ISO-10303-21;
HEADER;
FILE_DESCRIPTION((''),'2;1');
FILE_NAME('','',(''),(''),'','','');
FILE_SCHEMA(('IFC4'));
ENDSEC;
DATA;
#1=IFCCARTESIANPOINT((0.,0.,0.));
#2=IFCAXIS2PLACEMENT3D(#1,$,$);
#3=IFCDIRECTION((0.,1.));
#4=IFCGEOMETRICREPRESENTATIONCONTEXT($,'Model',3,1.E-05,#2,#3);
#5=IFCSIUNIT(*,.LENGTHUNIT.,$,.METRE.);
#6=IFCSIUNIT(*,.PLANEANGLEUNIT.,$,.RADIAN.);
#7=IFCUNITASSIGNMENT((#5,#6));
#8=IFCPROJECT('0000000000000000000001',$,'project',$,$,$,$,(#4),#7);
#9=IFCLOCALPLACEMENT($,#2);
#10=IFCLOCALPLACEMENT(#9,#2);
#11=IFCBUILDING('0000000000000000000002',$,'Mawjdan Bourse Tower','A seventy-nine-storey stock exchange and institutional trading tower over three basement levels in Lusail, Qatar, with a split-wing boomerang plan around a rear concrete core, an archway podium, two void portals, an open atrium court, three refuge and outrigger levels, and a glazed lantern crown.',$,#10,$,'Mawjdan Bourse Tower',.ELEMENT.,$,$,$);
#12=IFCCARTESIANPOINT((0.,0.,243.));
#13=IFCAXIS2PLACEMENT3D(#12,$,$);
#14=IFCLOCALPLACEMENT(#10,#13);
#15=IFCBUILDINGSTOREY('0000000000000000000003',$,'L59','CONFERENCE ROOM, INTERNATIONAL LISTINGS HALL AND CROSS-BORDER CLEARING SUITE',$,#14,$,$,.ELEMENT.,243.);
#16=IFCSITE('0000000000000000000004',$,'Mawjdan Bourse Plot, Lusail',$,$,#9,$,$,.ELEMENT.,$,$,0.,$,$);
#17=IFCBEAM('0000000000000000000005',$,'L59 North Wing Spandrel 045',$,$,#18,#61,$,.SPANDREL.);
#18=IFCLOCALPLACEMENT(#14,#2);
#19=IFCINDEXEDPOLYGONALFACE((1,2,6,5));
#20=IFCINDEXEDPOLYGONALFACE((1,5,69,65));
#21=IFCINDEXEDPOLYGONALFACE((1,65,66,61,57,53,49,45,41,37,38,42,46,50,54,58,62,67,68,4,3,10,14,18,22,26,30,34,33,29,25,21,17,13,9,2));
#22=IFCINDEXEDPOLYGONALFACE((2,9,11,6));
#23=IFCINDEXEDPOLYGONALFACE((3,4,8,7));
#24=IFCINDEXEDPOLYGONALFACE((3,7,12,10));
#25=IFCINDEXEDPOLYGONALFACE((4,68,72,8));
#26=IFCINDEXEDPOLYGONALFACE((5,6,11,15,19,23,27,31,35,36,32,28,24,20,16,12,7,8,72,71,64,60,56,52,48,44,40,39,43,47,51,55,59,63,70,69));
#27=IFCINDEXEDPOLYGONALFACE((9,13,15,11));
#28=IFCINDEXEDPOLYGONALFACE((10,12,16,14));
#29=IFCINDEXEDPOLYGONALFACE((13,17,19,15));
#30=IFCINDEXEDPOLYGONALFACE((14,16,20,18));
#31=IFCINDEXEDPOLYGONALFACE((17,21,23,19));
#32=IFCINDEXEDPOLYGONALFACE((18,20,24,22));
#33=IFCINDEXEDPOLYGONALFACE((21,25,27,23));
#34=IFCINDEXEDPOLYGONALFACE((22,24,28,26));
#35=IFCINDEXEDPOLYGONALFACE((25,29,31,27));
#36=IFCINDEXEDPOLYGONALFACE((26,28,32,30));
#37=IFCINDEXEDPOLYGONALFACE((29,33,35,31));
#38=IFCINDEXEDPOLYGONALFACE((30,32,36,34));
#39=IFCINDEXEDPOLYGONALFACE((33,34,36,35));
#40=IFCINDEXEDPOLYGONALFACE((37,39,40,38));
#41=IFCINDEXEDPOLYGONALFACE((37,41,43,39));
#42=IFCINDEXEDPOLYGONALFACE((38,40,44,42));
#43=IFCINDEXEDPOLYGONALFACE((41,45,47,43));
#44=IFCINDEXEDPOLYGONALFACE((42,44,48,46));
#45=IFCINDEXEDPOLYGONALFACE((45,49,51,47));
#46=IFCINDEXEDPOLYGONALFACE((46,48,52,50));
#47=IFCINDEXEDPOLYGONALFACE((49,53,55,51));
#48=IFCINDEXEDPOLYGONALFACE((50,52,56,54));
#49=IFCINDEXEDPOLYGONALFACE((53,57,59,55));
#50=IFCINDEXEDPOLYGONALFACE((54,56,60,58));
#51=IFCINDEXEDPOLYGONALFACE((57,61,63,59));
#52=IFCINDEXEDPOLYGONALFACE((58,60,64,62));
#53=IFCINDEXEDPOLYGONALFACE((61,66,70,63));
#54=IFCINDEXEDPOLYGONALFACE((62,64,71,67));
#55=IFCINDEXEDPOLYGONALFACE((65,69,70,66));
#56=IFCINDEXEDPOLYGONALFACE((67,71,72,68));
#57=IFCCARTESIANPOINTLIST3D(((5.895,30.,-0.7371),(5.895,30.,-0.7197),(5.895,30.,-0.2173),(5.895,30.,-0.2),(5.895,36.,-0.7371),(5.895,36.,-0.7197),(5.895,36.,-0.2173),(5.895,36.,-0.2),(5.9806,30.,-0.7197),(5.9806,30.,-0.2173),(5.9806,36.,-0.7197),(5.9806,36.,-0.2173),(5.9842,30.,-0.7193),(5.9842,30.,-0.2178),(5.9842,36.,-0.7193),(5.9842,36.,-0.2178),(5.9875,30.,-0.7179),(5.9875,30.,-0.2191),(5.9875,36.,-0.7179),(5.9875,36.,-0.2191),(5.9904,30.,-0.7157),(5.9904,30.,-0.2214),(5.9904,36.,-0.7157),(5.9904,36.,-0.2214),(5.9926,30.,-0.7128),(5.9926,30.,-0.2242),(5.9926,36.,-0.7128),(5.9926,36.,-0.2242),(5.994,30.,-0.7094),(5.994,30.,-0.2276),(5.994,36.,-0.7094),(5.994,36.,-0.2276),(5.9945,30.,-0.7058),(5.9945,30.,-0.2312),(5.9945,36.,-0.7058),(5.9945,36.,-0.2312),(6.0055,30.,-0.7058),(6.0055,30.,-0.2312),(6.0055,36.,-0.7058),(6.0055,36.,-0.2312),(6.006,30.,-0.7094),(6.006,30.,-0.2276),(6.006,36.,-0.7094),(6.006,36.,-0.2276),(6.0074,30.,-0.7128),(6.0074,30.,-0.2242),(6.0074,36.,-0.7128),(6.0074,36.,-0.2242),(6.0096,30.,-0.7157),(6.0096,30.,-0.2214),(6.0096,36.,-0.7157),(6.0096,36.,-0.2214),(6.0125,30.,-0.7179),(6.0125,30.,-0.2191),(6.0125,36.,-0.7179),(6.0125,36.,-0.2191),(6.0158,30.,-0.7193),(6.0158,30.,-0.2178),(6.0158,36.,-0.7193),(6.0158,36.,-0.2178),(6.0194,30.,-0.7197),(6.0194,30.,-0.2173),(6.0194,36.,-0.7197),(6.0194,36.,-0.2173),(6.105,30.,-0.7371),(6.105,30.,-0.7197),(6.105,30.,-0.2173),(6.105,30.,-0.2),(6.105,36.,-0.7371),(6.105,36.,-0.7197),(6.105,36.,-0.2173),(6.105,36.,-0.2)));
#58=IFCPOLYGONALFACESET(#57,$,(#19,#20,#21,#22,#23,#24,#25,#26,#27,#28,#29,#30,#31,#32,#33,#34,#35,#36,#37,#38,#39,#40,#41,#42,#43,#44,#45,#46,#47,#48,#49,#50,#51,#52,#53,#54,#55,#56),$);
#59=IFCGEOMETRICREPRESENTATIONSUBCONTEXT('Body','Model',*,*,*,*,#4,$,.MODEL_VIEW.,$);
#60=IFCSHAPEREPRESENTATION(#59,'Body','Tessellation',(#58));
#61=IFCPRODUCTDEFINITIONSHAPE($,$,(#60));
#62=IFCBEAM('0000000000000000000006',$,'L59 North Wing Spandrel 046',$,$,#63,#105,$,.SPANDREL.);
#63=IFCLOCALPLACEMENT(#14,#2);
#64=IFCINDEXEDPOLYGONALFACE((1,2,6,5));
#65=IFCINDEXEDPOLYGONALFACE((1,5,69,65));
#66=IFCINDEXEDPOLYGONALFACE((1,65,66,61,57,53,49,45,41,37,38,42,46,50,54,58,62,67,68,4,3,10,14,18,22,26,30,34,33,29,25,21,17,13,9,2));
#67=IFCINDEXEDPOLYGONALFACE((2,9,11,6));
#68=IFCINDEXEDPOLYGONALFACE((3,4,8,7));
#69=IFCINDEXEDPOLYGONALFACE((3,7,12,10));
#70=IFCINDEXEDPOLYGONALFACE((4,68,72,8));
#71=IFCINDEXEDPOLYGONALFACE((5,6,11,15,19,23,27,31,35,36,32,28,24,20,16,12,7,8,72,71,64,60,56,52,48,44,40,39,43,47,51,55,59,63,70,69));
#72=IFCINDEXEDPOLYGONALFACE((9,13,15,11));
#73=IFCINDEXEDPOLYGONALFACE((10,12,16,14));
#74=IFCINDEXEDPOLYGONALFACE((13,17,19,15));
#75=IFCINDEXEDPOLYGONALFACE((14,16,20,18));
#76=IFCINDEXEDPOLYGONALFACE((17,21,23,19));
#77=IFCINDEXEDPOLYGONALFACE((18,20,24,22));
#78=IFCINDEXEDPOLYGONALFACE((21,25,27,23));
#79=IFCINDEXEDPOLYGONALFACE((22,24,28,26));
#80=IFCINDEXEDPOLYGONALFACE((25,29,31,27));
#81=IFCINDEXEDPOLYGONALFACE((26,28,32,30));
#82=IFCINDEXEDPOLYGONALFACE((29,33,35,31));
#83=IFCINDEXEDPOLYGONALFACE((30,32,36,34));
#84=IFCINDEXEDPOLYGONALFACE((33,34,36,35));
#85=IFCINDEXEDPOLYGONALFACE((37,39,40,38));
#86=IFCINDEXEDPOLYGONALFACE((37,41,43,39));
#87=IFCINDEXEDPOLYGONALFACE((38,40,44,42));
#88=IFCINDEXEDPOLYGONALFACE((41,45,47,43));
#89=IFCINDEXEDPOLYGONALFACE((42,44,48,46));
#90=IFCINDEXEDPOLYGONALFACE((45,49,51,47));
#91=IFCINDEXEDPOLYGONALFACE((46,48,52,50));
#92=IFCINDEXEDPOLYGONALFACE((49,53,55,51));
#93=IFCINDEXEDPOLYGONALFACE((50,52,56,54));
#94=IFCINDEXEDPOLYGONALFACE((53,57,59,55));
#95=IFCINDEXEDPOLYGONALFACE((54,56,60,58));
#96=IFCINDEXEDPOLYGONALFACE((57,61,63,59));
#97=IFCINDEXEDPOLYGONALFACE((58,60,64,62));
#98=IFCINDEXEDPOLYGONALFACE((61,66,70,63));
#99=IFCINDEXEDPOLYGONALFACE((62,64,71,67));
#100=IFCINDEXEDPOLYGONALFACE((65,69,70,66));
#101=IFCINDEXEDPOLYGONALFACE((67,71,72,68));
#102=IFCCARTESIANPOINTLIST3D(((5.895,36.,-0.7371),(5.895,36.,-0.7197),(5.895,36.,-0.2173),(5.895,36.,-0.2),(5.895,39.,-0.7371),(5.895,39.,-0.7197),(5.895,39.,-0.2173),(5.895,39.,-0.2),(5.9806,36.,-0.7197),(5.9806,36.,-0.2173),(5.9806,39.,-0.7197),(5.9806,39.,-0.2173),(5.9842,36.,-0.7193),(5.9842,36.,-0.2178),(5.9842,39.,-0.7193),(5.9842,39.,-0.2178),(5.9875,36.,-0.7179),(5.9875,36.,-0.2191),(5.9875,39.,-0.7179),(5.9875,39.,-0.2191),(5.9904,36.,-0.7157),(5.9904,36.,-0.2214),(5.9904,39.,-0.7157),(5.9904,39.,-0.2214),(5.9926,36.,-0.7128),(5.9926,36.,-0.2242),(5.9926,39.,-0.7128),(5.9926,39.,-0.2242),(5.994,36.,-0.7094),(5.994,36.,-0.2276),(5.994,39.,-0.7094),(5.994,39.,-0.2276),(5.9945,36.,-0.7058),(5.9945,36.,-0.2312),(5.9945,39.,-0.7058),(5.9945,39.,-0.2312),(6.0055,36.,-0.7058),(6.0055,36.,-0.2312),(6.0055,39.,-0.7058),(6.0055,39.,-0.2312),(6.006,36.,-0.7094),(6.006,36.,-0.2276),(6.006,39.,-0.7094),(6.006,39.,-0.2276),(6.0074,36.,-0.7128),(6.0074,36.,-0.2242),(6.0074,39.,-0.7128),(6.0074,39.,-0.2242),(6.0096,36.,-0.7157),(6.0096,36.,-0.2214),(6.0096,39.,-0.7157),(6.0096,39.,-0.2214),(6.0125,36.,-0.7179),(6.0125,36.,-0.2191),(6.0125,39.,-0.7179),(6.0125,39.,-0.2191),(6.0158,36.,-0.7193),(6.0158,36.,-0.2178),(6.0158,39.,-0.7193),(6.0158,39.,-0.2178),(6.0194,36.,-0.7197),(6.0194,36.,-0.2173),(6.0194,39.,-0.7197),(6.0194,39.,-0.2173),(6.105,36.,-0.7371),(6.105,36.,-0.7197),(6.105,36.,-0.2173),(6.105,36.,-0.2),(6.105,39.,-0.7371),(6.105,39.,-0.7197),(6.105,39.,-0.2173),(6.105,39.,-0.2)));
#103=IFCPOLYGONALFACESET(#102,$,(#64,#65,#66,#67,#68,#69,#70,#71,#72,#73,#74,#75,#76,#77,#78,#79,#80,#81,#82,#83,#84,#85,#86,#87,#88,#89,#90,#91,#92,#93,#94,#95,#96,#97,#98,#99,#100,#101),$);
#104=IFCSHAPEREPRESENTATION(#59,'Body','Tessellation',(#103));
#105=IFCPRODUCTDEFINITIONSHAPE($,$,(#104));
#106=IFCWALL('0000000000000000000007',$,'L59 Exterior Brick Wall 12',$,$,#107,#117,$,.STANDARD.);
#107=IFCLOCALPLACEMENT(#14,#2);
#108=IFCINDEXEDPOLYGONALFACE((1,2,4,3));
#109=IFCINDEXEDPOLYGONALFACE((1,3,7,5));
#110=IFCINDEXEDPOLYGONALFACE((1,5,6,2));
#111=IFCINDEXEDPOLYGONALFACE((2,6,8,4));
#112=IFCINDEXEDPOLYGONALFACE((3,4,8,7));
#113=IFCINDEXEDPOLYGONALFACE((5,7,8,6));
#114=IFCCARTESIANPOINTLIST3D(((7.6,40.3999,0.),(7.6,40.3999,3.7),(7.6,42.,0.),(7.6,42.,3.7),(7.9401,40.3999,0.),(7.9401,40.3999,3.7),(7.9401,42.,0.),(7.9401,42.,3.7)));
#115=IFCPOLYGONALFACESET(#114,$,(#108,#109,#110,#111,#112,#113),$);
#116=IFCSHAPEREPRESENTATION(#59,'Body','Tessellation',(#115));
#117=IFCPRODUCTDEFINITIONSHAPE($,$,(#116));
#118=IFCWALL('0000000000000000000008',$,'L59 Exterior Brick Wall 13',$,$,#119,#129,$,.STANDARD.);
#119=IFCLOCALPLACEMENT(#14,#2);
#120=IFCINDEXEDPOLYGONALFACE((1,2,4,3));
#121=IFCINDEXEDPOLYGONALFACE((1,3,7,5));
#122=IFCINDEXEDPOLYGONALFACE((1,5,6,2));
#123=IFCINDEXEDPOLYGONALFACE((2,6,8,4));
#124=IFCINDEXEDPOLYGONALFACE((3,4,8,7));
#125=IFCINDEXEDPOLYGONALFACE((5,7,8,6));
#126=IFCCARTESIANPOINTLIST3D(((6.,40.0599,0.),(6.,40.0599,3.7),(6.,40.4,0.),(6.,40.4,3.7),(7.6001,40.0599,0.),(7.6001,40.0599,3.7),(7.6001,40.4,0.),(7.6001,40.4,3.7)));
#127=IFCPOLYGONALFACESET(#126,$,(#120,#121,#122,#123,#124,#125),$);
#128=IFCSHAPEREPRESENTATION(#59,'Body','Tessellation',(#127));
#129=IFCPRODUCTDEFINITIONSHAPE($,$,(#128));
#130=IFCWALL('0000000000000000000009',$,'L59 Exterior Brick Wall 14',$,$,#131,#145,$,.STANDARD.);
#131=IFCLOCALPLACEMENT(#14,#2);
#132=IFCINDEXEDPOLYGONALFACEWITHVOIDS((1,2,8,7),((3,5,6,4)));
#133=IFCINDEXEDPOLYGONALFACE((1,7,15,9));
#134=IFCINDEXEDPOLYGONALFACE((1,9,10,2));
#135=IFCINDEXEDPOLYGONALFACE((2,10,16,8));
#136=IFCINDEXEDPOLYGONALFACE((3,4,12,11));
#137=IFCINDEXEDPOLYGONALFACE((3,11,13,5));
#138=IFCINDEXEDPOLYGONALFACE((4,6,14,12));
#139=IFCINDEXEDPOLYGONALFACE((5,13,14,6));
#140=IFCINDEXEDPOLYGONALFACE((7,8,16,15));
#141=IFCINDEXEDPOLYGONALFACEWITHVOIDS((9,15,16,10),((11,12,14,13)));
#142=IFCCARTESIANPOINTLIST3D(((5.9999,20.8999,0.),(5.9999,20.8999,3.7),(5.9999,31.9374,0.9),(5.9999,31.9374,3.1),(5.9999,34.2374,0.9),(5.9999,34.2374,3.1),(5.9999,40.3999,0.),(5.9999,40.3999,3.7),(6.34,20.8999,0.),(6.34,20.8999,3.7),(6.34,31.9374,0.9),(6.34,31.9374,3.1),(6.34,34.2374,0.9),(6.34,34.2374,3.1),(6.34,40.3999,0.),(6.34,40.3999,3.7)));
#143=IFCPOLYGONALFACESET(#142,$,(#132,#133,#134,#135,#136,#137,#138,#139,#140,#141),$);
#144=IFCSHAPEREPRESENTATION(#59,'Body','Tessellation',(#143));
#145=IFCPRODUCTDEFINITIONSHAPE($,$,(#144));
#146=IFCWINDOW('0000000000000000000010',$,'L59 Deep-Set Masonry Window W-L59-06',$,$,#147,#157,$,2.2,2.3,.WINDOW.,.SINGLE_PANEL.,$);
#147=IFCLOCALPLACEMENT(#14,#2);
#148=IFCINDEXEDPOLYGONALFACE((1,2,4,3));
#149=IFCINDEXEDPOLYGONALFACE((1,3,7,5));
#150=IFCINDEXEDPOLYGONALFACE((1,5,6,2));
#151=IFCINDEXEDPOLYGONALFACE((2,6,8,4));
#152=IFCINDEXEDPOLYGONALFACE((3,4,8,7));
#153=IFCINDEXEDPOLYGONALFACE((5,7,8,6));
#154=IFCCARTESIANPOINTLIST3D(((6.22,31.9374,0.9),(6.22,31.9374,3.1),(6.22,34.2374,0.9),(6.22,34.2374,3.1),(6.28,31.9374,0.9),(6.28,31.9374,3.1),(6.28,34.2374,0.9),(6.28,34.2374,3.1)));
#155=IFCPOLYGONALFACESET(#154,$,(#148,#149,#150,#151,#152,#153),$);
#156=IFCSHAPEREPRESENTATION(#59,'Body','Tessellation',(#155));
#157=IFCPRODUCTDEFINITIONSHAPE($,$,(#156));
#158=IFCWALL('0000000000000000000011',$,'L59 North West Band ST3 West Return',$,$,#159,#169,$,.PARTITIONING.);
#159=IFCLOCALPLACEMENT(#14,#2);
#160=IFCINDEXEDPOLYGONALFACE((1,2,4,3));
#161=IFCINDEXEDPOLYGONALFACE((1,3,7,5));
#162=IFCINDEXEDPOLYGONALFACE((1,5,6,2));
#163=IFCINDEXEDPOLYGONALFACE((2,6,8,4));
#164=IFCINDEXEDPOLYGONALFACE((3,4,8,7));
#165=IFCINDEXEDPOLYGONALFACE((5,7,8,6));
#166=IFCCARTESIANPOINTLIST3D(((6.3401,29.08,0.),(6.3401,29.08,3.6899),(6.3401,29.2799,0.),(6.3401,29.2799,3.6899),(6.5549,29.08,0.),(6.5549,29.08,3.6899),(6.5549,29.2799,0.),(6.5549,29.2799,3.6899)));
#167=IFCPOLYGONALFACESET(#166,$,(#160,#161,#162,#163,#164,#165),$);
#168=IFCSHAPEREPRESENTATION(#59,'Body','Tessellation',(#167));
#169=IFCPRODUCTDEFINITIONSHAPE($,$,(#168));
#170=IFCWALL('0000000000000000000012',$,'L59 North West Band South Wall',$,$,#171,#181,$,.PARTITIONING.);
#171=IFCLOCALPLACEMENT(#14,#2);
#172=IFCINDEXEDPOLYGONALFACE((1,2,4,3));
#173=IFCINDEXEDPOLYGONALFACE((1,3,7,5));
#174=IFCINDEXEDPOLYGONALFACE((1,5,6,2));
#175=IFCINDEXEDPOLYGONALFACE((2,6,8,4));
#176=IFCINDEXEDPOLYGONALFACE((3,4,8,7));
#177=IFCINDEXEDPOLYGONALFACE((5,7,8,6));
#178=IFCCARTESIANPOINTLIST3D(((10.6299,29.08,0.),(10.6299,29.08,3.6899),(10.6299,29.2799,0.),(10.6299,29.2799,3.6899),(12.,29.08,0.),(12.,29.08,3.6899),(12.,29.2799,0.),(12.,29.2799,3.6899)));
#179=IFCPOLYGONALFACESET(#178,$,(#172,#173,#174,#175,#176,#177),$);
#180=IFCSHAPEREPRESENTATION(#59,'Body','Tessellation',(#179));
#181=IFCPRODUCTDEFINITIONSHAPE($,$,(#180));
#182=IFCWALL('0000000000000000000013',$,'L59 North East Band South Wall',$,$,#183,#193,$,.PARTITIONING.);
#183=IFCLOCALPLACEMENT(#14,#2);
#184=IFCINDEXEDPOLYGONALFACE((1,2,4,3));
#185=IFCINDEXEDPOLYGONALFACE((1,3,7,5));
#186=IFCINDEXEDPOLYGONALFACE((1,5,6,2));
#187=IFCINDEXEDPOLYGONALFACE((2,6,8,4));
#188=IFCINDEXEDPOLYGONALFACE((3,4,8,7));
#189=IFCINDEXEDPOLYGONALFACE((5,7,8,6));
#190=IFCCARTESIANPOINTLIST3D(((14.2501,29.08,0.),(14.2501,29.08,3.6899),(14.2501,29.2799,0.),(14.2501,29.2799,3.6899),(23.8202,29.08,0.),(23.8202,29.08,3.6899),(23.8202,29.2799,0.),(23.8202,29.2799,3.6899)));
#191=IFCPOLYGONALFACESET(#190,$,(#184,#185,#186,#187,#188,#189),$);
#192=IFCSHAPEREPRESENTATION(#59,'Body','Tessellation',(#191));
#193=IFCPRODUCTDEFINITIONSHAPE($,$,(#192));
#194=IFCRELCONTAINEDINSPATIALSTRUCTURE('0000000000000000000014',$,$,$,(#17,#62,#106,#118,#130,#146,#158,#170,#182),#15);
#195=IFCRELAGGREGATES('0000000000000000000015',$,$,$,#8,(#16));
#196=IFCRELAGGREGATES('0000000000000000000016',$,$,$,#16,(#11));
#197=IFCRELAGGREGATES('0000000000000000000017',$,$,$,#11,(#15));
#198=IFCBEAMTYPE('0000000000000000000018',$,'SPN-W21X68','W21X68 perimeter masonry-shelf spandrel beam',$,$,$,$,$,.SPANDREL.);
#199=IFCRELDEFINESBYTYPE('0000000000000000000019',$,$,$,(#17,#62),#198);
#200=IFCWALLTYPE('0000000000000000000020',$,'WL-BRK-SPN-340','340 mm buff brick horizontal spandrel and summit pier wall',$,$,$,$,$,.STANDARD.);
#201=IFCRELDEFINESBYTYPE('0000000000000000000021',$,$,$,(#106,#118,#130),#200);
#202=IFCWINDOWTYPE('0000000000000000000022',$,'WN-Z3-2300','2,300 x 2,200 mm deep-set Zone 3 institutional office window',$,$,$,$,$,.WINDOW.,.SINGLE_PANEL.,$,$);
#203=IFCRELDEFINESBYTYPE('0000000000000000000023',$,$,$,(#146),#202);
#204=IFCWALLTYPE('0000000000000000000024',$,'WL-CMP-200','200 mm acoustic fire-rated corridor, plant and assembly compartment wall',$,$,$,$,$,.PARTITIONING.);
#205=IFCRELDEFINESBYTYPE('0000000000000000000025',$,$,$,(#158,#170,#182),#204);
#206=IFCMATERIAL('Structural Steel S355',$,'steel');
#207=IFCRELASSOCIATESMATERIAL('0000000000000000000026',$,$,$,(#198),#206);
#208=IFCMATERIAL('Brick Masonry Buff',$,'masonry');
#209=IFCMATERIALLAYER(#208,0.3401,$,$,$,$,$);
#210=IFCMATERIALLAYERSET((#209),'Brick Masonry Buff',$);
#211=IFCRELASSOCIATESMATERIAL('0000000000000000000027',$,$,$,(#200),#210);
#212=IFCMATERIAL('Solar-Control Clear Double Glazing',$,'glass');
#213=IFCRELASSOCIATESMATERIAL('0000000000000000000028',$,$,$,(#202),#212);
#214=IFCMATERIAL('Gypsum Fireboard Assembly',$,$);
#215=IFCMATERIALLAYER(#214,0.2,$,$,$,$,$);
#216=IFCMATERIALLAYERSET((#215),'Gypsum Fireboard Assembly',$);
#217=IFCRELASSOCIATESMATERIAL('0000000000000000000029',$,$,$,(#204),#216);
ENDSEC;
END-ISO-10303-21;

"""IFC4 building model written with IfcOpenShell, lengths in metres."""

from ifc_helpers import new_model, si_unit, direction, frame, frame_2d, origin, origin_2d, place, context, subcontext, project, spatial, rectangle, i_section, extrude, material, layer, layer_set, material_profile, profile_set, type_object, element, fill, save


model = new_model("IFC4")

# Units and contexts
model_context = context("Model", 3, precision=1e-05, world=origin(), true_north=direction((0.0, 1.0)))
body_context = subcontext(model_context, "Body", "Model", "MODEL_VIEW")
ifc_project = project(units=[si_unit("LENGTHUNIT", "METRE"), si_unit("PLANEANGLEUNIT", "RADIAN")], contexts=[model_context])

# Site, building, storey
site_placement = place(None, origin())
site = spatial("IfcSite", under=ifc_project, at=site_placement, Name="Mawjdan Bourse Plot, Lusail", CompositionType="ELEMENT", RefElevation=0.0)
building_placement = place(site_placement, origin())
building = spatial("IfcBuilding", under=site, at=building_placement, Name="Mawjdan Bourse Tower", Description="A seventy-nine-storey stock exchange and institutional trading tower over three basement levels in Lusail, Qatar, with a split-wing boomerang plan around a rear concrete core, an archway podium, two void portals, an open atrium court, three refuge and outrigger levels, and a glazed lantern crown.", LongName="Mawjdan Bourse Tower", CompositionType="ELEMENT")
storey_placement = place(building_placement, frame((0.0, 0.0, 243.0)))
storey = spatial("IfcBuildingStorey", under=building, at=storey_placement, Name="L59", Description="CONFERENCE ROOM, INTERNATIONAL LISTINGS HALL AND CROSS-BORDER CLEARING SUITE", CompositionType="ELEMENT", Elevation=243.0)

# Beams
ifc_material_1 = material(Name="Structural Steel S355", Category="steel")
ifc_material_profile_1 = material_profile(ifc_material_1, i_section(OverallWidth=0.21, OverallDepth=0.5371, WebThickness=0.011, FlangeThickness=0.0173, FilletRadius=0.0139, at=origin_2d()), Name="W21X68")
ifc_profile_set_1 = profile_set([ifc_material_profile_1], Name="Structural Steel S355")
beam_type_1 = type_object("IfcBeamType", Name="SPN-W21X68", Description="W21X68 perimeter masonry-shelf spandrel beam", PredefinedType="SPANDREL", material=ifc_profile_set_1)
beam_1_placement = place(storey_placement, frame((6.0, 30.0, -0.4685), z_axis=(0.0, 1.0, 0.0), x_axis=(-1.0, 0.0, 0.0)))
element("IfcBeam", 1, at=beam_1_placement, inside=storey, type_object=beam_type_1, Name="L59 North Wing Spandrel 045", PredefinedType="SPANDREL", context=body_context, shape_type="SweptSolid", body=[
    extrude(i_section(OverallWidth=0.21, OverallDepth=0.5371, WebThickness=0.011, FlangeThickness=0.0173, FilletRadius=0.0139, at=origin_2d()), origin(), (0.0, 0.0, 1.0), 6.0),
])
beam_2_placement = place(storey_placement, frame((6.0, 36.0, -0.4685), z_axis=(0.0, 1.0, 0.0), x_axis=(-1.0, 0.0, 0.0)))
element("IfcBeam", 2, at=beam_2_placement, inside=storey, type_object=beam_type_1, Name="L59 North Wing Spandrel 046", PredefinedType="SPANDREL", context=body_context, shape_type="SweptSolid", body=[
    extrude(i_section(OverallWidth=0.21, OverallDepth=0.5371, WebThickness=0.011, FlangeThickness=0.0173, FilletRadius=0.0139, at=origin_2d()), origin(), (0.0, 0.0, 1.0), 3.0),
])

# Walls
ifc_material_2 = material(Name="Brick Masonry Buff", Category="masonry")
ifc_layer_1 = layer(ifc_material_2, 0.3401)
ifc_layer_set_1 = layer_set([ifc_layer_1], Name="Brick Masonry Buff")
wall_type_1 = type_object("IfcWallType", Name="WL-BRK-SPN-340", Description="340 mm buff brick horizontal spandrel and summit pier wall", PredefinedType="STANDARD", material=ifc_layer_set_1)
for number, where, z_axis, x_axis, name in (
    (3, (7.77, 42.0, 0.0), (0.0, 0.0, 1.0), (0.0, -1.0, 0.0), "L59 Exterior Brick Wall 12"),
    (4, (7.6001, 40.23, 0.0), (0.0, 0.0, 1.0), (-1.0, 0.0, 0.0), "L59 Exterior Brick Wall 13"),
):
    element("IfcWall", number, at=place(storey_placement, frame(where, z_axis=z_axis, x_axis=x_axis)), inside=storey, type_object=wall_type_1, Name=name, PredefinedType="STANDARD", context=body_context, shape_type="SweptSolid", body=[
        extrude(rectangle(XDim=1.6001, YDim=0.3401, at=frame_2d((0.8, 0.0))), origin(), (0.0, 0.0, 1.0), 3.7),
    ])

# Wall, opening, window
wall_1_placement = place(storey_placement, frame((6.1699, 40.3999, 0.0), z_axis=(0.0, 0.0, 1.0), x_axis=(0.0, -1.0, 0.0)))
wall_1 = element("IfcWall", 5, at=wall_1_placement, inside=storey, type_object=wall_type_1, Name="L59 Exterior Brick Wall 14", PredefinedType="STANDARD", context=body_context, shape_type="SweptSolid", body=[
    extrude(rectangle(XDim=19.5, YDim=0.3401, at=frame_2d((9.75, 0.0))), origin(), (0.0, 0.0, 1.0), 3.7),
])
opening_1_placement = place(wall_1_placement, frame((6.1626, 0.0, 0.8999)))
opening_1 = element("IfcOpeningElement", 6, at=opening_1_placement, cuts=wall_1, PredefinedType="OPENING", context=body_context, shape_type="SweptSolid", body=[
    extrude(rectangle(XDim=2.3, YDim=2.2, at=frame_2d((1.1499, 1.1001))), frame((0.0, 0.1802, 0.0), z_axis=(0.0, -1.0, 0.0), x_axis=(1.0, 0.0, 0.0)), (0.0, 0.0, 1.0), 0.3601),
])
ifc_material_3 = material(Name="Solar-Control Clear Double Glazing", Category="glass")
window_type = type_object("IfcWindowType", Name="WN-Z3-2300", Description="2,300 x 2,200 mm deep-set Zone 3 institutional office window", PartitioningType="SINGLE_PANEL", PredefinedType="WINDOW", material=ifc_material_3)
window_placement = place(opening_1_placement, origin())
window = element("IfcWindow", 7, at=window_placement, inside=storey, type_object=window_type, Name="L59 Deep-Set Masonry Window W-L59-06", OverallHeight=2.2, OverallWidth=2.3, PartitioningType="SINGLE_PANEL", PredefinedType="WINDOW", context=body_context, shape_type="SweptSolid", body=[
    extrude(rectangle(XDim=2.3, YDim=2.2, at=frame_2d((1.1499, 1.1001))), frame((0.0, 0.1101, 0.0), z_axis=(0.0, -1.0, 0.0), x_axis=(1.0, 0.0, 0.0)), (0.0, 0.0, 1.0), 0.0601),
])
fill(opening_1, window)

# Walls
ifc_material_4 = material(Name="Gypsum Fireboard Assembly")
ifc_layer_2 = layer(ifc_material_4, 0.2)
ifc_layer_set_2 = layer_set([ifc_layer_2], Name="Gypsum Fireboard Assembly")
wall_type_2 = type_object("IfcWallType", Name="WL-CMP-200", Description="200 mm acoustic fire-rated corridor, plant and assembly compartment wall", PredefinedType="PARTITIONING", material=ifc_layer_set_2)
wall_2_placement = place(storey_placement, frame((6.3401, 29.1799, 0.0), z_axis=(0.0, 0.0, 1.0), x_axis=(1.0, 0.0, 0.0)))
element("IfcWall", 8, at=wall_2_placement, inside=storey, type_object=wall_type_2, Name="L59 North West Band ST3 West Return", PredefinedType="PARTITIONING", context=body_context, shape_type="SweptSolid", body=[
    extrude(rectangle(XDim=0.2148, YDim=0.2, at=frame_2d((0.1074, 0.0))), origin(), (0.0, 0.0, 1.0), 3.6899),
])
wall_3_placement = place(storey_placement, frame((10.6299, 29.1799, 0.0), z_axis=(0.0, 0.0, 1.0), x_axis=(1.0, 0.0, 0.0)))
element("IfcWall", 9, at=wall_3_placement, inside=storey, type_object=wall_type_2, Name="L59 North West Band South Wall", PredefinedType="PARTITIONING", context=body_context, shape_type="SweptSolid", body=[
    extrude(rectangle(XDim=1.3701, YDim=0.2, at=frame_2d((0.6851, 0.0))), origin(), (0.0, 0.0, 1.0), 3.6899),
])
wall_4_placement = place(storey_placement, frame((14.25, 29.1799, 0.0), z_axis=(0.0, 0.0, 1.0), x_axis=(1.0, 0.0, 0.0)))
element("IfcWall", 10, at=wall_4_placement, inside=storey, type_object=wall_type_2, Name="L59 North East Band South Wall", PredefinedType="PARTITIONING", context=body_context, shape_type="SweptSolid", body=[
    extrude(rectangle(XDim=9.5701, YDim=0.2, at=frame_2d((4.7852, 0.0))), origin(), (0.0, 0.0, 1.0), 3.6899),
])

save(model, "model.ifc")
